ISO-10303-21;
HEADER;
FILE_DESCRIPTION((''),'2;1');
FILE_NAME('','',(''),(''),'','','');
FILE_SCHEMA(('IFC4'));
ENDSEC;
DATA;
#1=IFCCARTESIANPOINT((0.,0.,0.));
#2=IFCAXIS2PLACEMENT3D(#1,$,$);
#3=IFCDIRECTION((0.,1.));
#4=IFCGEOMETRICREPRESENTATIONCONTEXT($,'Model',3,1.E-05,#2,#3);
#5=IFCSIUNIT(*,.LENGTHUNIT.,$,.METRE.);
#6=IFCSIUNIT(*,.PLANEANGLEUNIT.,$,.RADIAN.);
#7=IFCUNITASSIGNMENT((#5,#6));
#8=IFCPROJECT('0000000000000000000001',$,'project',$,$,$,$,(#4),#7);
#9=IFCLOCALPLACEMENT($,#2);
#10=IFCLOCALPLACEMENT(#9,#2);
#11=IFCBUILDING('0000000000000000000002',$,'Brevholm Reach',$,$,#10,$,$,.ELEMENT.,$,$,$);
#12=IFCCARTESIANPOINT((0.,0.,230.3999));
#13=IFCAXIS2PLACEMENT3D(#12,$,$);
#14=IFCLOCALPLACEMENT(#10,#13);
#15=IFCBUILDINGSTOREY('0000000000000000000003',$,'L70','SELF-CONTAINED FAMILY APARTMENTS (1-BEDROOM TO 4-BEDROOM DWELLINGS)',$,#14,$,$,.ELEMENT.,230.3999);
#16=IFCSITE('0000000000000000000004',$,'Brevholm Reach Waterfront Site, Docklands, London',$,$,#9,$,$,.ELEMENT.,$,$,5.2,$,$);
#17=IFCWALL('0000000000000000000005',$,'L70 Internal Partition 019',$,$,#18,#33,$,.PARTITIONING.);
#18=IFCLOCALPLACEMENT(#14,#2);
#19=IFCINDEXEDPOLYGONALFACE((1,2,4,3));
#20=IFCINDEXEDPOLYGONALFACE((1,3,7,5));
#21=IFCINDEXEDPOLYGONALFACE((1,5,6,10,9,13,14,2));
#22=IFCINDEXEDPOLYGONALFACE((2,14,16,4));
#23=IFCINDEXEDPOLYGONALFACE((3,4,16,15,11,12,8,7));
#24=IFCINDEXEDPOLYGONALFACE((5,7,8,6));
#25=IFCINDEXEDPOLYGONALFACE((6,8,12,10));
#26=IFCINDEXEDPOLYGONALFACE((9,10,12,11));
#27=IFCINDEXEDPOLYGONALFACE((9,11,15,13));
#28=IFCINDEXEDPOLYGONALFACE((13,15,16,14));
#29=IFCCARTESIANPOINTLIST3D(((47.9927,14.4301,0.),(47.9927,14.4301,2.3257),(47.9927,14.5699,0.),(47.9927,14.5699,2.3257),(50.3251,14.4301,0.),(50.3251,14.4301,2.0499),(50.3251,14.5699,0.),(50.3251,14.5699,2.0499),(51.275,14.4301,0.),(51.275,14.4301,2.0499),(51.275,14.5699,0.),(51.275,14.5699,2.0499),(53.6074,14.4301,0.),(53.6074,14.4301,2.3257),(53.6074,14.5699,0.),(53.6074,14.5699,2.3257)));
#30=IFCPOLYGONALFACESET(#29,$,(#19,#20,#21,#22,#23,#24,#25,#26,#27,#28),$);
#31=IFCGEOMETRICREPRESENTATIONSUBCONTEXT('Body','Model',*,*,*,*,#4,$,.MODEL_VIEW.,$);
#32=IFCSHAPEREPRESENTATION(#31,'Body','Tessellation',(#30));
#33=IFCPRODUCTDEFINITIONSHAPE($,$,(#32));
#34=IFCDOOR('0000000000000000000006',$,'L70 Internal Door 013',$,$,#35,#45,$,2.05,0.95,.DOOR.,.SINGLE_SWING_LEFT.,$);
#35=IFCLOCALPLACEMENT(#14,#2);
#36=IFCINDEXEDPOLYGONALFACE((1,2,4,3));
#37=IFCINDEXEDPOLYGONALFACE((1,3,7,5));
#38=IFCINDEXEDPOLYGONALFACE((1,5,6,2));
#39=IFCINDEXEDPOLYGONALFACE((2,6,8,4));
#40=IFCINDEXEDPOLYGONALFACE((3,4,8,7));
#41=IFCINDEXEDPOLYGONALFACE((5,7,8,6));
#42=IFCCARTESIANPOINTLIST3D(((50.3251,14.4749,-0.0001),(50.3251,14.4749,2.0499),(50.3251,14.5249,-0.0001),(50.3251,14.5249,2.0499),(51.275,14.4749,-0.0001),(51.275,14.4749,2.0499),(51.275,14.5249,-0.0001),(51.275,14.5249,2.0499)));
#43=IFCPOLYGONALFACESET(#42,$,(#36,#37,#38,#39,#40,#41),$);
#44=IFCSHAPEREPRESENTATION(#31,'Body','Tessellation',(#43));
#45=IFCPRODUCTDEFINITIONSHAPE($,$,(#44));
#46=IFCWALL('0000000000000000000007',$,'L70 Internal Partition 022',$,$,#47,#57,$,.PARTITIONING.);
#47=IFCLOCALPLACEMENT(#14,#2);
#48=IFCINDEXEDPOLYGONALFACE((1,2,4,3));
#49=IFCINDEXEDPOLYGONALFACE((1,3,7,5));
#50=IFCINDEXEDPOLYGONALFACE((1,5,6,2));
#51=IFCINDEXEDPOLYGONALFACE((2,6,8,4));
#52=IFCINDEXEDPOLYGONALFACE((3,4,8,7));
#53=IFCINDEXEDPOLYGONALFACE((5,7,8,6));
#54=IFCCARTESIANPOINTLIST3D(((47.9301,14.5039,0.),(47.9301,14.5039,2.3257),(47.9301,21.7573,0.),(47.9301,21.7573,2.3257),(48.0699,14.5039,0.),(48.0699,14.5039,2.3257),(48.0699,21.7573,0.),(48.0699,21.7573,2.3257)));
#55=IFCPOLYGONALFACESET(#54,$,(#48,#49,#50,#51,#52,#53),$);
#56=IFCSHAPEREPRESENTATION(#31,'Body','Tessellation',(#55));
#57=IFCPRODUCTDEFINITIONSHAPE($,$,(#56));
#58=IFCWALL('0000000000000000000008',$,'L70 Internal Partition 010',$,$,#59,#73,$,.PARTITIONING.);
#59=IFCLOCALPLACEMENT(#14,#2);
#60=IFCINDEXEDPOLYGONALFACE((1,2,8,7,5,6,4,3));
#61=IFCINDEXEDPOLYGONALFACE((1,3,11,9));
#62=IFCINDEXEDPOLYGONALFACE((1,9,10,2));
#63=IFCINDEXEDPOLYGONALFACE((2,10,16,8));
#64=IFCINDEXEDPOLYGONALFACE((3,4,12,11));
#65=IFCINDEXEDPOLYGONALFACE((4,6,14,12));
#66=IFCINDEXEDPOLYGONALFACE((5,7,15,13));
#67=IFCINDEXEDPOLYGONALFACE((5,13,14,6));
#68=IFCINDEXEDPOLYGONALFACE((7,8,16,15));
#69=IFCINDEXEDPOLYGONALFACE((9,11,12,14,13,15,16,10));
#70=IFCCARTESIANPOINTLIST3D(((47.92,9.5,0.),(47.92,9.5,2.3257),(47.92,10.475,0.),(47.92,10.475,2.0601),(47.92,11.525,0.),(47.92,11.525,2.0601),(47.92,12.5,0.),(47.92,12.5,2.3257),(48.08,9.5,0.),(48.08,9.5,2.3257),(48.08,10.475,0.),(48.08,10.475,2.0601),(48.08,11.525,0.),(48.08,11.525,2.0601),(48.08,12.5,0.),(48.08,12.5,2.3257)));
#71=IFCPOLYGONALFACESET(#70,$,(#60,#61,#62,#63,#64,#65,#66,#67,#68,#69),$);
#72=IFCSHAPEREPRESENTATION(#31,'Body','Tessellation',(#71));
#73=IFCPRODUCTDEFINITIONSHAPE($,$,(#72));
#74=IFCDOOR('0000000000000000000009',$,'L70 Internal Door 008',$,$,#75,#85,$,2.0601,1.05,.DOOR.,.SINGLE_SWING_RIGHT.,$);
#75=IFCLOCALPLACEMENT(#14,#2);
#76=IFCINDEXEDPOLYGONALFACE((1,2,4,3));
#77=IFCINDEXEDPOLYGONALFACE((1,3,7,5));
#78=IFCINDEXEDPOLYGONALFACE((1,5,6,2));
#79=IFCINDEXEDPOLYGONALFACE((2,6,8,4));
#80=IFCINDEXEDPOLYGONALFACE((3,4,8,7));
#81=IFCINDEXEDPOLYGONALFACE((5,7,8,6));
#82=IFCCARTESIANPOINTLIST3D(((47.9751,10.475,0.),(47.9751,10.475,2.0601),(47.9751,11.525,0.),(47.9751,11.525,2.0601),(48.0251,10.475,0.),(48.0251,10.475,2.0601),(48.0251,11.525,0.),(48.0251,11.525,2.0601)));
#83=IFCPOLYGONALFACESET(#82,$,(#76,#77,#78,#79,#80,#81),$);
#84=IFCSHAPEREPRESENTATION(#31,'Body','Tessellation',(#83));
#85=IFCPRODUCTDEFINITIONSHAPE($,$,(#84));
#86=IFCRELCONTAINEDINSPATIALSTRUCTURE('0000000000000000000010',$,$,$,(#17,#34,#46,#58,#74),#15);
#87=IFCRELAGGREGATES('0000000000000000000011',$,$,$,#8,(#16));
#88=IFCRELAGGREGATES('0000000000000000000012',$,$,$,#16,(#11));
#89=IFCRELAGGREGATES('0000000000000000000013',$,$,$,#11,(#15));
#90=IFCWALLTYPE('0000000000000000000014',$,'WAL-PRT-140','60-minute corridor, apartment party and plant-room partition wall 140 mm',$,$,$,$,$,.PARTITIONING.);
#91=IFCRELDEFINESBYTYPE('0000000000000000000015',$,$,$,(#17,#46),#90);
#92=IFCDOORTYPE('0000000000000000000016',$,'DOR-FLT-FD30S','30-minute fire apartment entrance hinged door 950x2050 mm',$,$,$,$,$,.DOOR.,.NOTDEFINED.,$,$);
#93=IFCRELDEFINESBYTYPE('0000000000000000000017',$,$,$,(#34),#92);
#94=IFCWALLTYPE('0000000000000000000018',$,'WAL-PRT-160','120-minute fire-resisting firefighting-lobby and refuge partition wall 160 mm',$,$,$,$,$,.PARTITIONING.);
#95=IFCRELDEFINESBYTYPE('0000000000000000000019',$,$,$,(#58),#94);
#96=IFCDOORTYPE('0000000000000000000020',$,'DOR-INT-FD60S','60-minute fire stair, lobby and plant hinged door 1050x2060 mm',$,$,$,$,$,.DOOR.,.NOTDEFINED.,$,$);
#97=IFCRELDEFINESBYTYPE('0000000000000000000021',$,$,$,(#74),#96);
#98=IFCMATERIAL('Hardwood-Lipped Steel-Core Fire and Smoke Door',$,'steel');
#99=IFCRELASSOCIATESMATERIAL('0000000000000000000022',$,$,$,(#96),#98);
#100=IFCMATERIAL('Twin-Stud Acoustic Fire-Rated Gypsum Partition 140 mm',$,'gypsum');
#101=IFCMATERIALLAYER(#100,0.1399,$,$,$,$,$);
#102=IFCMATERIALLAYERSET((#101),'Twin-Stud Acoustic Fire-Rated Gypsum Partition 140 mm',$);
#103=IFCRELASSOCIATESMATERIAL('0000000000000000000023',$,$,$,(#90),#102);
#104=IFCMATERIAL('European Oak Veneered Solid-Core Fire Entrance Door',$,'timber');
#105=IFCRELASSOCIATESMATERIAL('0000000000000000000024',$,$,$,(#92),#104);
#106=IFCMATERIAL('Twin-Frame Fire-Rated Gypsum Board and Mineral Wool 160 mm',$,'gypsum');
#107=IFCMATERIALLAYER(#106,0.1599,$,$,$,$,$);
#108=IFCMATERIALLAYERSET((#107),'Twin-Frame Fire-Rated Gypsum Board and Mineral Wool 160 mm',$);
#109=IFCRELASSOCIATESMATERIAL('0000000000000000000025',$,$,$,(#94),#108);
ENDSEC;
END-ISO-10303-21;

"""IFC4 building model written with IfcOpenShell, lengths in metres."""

from ifc_helpers import new_model, si_unit, direction, frame, frame_2d, origin, place, context, subcontext, project, spatial, rectangle, extrude, material, layer, layer_set, type_object, element, fill, save


model = new_model("IFC4")

# Units and contexts
model_context = context("Model", 3, precision=1e-05, world=origin(), true_north=direction((0.0, 1.0)))
body_context = subcontext(model_context, "Body", "Model", "MODEL_VIEW")
ifc_project = project(units=[si_unit("LENGTHUNIT", "METRE"), si_unit("PLANEANGLEUNIT", "RADIAN")], contexts=[model_context])

# Site, building, storey
site_placement = place(None, origin())
site = spatial("IfcSite", under=ifc_project, at=site_placement, Name="Brevholm Reach Waterfront Site, Docklands, London", CompositionType="ELEMENT", RefElevation=5.2)
building_placement = place(site_placement, origin())
building = spatial("IfcBuilding", under=site, at=building_placement, Name="Brevholm Reach", CompositionType="ELEMENT")
storey_placement = place(building_placement, frame((0.0, 0.0, 230.3999)))
storey = spatial("IfcBuildingStorey", under=building, at=storey_placement, Name="L70", Description="SELF-CONTAINED FAMILY APARTMENTS (1-BEDROOM TO 4-BEDROOM DWELLINGS)", CompositionType="ELEMENT", Elevation=230.3999)

# Shared definitions
ifc_material_1 = material(Name="Hardwood-Lipped Steel-Core Fire and Smoke Door", Category="steel")
door_type_1 = type_object("IfcDoorType", Name="DOR-INT-FD60S", Description="60-minute fire stair, lobby and plant hinged door 1050x2060 mm", OperationType="NOTDEFINED", PredefinedType="DOOR", material=ifc_material_1)

# Shared definitions
ifc_material_2 = material(Name="Twin-Stud Acoustic Fire-Rated Gypsum Partition 140 mm", Category="gypsum")
ifc_layer_1 = layer(ifc_material_2, 0.1399)
ifc_layer_set_1 = layer_set([ifc_layer_1], Name="Twin-Stud Acoustic Fire-Rated Gypsum Partition 140 mm")
wall_type_1 = type_object("IfcWallType", Name="WAL-PRT-140", Description="60-minute corridor, apartment party and plant-room partition wall 140 mm", PredefinedType="PARTITIONING", material=ifc_layer_set_1)

# Wall, opening, door
wall_1_placement = place(storey_placement, frame((47.9927, 14.5, 0.0), z_axis=(0.0, 0.0, 1.0), x_axis=(1.0, 0.0, 0.0)))
wall_1 = element("IfcWall", 1, at=wall_1_placement, inside=storey, type_object=wall_type_1, Name="L70 Internal Partition 019", PredefinedType="PARTITIONING", context=body_context, shape_type="SweptSolid", body=[
    extrude(rectangle(XDim=5.6147, YDim=0.1399, at=frame_2d((2.8074, 0.0))), origin(), (0.0, 0.0, 1.0), 2.3257),
])
opening_1_placement = place(wall_1_placement, frame((2.3323, 0.0, 0.0)))
opening_1 = element("IfcOpeningElement", 2, at=opening_1_placement, cuts=wall_1, PredefinedType="OPENING", context=body_context, shape_type="SweptSolid", body=[
    extrude(rectangle(XDim=0.95, YDim=2.05, at=frame_2d((0.4751, 1.0249))), frame((0.0, 0.0798, 0.0), z_axis=(0.0, -1.0, 0.0), x_axis=(1.0, 0.0, 0.0)), (0.0, 0.0, 1.0), 0.1599),
])
ifc_material_3 = material(Name="European Oak Veneered Solid-Core Fire Entrance Door", Category="timber")
door_type_2 = type_object("IfcDoorType", Name="DOR-FLT-FD30S", Description="30-minute fire apartment entrance hinged door 950x2050 mm", OperationType="NOTDEFINED", PredefinedType="DOOR", material=ifc_material_3)
door_1_placement = place(opening_1_placement, origin())
door_1 = element("IfcDoor", 3, at=door_1_placement, inside=storey, type_object=door_type_2, Name="L70 Internal Door 013", OperationType="SINGLE_SWING_LEFT", OverallHeight=2.05, OverallWidth=0.95, PredefinedType="DOOR", context=body_context, shape_type="SweptSolid", body=[
    extrude(rectangle(XDim=0.95, YDim=2.05, at=frame_2d((0.4751, 1.0249))), frame((0.0, 0.0249, 0.0), z_axis=(0.0, -1.0, 0.0), x_axis=(1.0, 0.0, 0.0)), (0.0, 0.0, 1.0), 0.05),
])
fill(opening_1, door_1)

# Wall
wall_2_placement = place(storey_placement, frame((48.0, 14.5039, 0.0), z_axis=(0.0, 0.0, 1.0), x_axis=(0.0, 1.0, 0.0)))
element("IfcWall", 4, at=wall_2_placement, inside=storey, type_object=wall_type_1, Name="L70 Internal Partition 022", PredefinedType="PARTITIONING", context=body_context, shape_type="SweptSolid", body=[
    extrude(rectangle(XDim=7.2534, YDim=0.1399, at=frame_2d((3.6267, 0.0))), origin(), (0.0, 0.0, 1.0), 2.3257),
])

# Wall, opening, door
ifc_material_4 = material(Name="Twin-Frame Fire-Rated Gypsum Board and Mineral Wool 160 mm", Category="gypsum")
ifc_layer_2 = layer(ifc_material_4, 0.1599)
ifc_layer_set_2 = layer_set([ifc_layer_2], Name="Twin-Frame Fire-Rated Gypsum Board and Mineral Wool 160 mm")
wall_type_2 = type_object("IfcWallType", Name="WAL-PRT-160", Description="120-minute fire-resisting firefighting-lobby and refuge partition wall 160 mm", PredefinedType="PARTITIONING", material=ifc_layer_set_2)
wall_3_placement = place(storey_placement, frame((48.0, 9.5, 0.0), z_axis=(0.0, 0.0, 1.0), x_axis=(0.0, 1.0, 0.0)))
wall_3 = element("IfcWall", 5, at=wall_3_placement, inside=storey, type_object=wall_type_2, Name="L70 Internal Partition 010", PredefinedType="PARTITIONING", context=body_context, shape_type="SweptSolid", body=[
    extrude(rectangle(XDim=3.0, YDim=0.1599, at=frame_2d((1.5, 0.0))), origin(), (0.0, 0.0, 1.0), 2.3257),
])
opening_2_placement = place(wall_3_placement, frame((0.9751, 0.0, 0.0)))
opening_2 = element("IfcOpeningElement", 6, at=opening_2_placement, cuts=wall_3, PredefinedType="OPENING", context=body_context, shape_type="SweptSolid", body=[
    extrude(rectangle(XDim=1.05, YDim=2.0601, at=frame_2d((0.5249, 1.03))), frame((0.0, 0.0898, 0.0), z_axis=(0.0, -1.0, 0.0), x_axis=(1.0, 0.0, 0.0)), (0.0, 0.0, 1.0), 0.1799),
])
door_2_placement = place(opening_2_placement, origin())
door_2 = element("IfcDoor", 7, at=door_2_placement, inside=storey, type_object=door_type_1, Name="L70 Internal Door 008", OperationType="SINGLE_SWING_RIGHT", OverallHeight=2.0601, OverallWidth=1.05, PredefinedType="DOOR", context=body_context, shape_type="SweptSolid", body=[
    extrude(rectangle(XDim=1.05, YDim=2.0601, at=frame_2d((0.5249, 1.03))), frame((0.0, 0.0249, 0.0), z_axis=(0.0, -1.0, 0.0), x_axis=(1.0, 0.0, 0.0)), (0.0, 0.0, 1.0), 0.05),
])
fill(opening_2, door_2)

save(model, "model.ifc")
